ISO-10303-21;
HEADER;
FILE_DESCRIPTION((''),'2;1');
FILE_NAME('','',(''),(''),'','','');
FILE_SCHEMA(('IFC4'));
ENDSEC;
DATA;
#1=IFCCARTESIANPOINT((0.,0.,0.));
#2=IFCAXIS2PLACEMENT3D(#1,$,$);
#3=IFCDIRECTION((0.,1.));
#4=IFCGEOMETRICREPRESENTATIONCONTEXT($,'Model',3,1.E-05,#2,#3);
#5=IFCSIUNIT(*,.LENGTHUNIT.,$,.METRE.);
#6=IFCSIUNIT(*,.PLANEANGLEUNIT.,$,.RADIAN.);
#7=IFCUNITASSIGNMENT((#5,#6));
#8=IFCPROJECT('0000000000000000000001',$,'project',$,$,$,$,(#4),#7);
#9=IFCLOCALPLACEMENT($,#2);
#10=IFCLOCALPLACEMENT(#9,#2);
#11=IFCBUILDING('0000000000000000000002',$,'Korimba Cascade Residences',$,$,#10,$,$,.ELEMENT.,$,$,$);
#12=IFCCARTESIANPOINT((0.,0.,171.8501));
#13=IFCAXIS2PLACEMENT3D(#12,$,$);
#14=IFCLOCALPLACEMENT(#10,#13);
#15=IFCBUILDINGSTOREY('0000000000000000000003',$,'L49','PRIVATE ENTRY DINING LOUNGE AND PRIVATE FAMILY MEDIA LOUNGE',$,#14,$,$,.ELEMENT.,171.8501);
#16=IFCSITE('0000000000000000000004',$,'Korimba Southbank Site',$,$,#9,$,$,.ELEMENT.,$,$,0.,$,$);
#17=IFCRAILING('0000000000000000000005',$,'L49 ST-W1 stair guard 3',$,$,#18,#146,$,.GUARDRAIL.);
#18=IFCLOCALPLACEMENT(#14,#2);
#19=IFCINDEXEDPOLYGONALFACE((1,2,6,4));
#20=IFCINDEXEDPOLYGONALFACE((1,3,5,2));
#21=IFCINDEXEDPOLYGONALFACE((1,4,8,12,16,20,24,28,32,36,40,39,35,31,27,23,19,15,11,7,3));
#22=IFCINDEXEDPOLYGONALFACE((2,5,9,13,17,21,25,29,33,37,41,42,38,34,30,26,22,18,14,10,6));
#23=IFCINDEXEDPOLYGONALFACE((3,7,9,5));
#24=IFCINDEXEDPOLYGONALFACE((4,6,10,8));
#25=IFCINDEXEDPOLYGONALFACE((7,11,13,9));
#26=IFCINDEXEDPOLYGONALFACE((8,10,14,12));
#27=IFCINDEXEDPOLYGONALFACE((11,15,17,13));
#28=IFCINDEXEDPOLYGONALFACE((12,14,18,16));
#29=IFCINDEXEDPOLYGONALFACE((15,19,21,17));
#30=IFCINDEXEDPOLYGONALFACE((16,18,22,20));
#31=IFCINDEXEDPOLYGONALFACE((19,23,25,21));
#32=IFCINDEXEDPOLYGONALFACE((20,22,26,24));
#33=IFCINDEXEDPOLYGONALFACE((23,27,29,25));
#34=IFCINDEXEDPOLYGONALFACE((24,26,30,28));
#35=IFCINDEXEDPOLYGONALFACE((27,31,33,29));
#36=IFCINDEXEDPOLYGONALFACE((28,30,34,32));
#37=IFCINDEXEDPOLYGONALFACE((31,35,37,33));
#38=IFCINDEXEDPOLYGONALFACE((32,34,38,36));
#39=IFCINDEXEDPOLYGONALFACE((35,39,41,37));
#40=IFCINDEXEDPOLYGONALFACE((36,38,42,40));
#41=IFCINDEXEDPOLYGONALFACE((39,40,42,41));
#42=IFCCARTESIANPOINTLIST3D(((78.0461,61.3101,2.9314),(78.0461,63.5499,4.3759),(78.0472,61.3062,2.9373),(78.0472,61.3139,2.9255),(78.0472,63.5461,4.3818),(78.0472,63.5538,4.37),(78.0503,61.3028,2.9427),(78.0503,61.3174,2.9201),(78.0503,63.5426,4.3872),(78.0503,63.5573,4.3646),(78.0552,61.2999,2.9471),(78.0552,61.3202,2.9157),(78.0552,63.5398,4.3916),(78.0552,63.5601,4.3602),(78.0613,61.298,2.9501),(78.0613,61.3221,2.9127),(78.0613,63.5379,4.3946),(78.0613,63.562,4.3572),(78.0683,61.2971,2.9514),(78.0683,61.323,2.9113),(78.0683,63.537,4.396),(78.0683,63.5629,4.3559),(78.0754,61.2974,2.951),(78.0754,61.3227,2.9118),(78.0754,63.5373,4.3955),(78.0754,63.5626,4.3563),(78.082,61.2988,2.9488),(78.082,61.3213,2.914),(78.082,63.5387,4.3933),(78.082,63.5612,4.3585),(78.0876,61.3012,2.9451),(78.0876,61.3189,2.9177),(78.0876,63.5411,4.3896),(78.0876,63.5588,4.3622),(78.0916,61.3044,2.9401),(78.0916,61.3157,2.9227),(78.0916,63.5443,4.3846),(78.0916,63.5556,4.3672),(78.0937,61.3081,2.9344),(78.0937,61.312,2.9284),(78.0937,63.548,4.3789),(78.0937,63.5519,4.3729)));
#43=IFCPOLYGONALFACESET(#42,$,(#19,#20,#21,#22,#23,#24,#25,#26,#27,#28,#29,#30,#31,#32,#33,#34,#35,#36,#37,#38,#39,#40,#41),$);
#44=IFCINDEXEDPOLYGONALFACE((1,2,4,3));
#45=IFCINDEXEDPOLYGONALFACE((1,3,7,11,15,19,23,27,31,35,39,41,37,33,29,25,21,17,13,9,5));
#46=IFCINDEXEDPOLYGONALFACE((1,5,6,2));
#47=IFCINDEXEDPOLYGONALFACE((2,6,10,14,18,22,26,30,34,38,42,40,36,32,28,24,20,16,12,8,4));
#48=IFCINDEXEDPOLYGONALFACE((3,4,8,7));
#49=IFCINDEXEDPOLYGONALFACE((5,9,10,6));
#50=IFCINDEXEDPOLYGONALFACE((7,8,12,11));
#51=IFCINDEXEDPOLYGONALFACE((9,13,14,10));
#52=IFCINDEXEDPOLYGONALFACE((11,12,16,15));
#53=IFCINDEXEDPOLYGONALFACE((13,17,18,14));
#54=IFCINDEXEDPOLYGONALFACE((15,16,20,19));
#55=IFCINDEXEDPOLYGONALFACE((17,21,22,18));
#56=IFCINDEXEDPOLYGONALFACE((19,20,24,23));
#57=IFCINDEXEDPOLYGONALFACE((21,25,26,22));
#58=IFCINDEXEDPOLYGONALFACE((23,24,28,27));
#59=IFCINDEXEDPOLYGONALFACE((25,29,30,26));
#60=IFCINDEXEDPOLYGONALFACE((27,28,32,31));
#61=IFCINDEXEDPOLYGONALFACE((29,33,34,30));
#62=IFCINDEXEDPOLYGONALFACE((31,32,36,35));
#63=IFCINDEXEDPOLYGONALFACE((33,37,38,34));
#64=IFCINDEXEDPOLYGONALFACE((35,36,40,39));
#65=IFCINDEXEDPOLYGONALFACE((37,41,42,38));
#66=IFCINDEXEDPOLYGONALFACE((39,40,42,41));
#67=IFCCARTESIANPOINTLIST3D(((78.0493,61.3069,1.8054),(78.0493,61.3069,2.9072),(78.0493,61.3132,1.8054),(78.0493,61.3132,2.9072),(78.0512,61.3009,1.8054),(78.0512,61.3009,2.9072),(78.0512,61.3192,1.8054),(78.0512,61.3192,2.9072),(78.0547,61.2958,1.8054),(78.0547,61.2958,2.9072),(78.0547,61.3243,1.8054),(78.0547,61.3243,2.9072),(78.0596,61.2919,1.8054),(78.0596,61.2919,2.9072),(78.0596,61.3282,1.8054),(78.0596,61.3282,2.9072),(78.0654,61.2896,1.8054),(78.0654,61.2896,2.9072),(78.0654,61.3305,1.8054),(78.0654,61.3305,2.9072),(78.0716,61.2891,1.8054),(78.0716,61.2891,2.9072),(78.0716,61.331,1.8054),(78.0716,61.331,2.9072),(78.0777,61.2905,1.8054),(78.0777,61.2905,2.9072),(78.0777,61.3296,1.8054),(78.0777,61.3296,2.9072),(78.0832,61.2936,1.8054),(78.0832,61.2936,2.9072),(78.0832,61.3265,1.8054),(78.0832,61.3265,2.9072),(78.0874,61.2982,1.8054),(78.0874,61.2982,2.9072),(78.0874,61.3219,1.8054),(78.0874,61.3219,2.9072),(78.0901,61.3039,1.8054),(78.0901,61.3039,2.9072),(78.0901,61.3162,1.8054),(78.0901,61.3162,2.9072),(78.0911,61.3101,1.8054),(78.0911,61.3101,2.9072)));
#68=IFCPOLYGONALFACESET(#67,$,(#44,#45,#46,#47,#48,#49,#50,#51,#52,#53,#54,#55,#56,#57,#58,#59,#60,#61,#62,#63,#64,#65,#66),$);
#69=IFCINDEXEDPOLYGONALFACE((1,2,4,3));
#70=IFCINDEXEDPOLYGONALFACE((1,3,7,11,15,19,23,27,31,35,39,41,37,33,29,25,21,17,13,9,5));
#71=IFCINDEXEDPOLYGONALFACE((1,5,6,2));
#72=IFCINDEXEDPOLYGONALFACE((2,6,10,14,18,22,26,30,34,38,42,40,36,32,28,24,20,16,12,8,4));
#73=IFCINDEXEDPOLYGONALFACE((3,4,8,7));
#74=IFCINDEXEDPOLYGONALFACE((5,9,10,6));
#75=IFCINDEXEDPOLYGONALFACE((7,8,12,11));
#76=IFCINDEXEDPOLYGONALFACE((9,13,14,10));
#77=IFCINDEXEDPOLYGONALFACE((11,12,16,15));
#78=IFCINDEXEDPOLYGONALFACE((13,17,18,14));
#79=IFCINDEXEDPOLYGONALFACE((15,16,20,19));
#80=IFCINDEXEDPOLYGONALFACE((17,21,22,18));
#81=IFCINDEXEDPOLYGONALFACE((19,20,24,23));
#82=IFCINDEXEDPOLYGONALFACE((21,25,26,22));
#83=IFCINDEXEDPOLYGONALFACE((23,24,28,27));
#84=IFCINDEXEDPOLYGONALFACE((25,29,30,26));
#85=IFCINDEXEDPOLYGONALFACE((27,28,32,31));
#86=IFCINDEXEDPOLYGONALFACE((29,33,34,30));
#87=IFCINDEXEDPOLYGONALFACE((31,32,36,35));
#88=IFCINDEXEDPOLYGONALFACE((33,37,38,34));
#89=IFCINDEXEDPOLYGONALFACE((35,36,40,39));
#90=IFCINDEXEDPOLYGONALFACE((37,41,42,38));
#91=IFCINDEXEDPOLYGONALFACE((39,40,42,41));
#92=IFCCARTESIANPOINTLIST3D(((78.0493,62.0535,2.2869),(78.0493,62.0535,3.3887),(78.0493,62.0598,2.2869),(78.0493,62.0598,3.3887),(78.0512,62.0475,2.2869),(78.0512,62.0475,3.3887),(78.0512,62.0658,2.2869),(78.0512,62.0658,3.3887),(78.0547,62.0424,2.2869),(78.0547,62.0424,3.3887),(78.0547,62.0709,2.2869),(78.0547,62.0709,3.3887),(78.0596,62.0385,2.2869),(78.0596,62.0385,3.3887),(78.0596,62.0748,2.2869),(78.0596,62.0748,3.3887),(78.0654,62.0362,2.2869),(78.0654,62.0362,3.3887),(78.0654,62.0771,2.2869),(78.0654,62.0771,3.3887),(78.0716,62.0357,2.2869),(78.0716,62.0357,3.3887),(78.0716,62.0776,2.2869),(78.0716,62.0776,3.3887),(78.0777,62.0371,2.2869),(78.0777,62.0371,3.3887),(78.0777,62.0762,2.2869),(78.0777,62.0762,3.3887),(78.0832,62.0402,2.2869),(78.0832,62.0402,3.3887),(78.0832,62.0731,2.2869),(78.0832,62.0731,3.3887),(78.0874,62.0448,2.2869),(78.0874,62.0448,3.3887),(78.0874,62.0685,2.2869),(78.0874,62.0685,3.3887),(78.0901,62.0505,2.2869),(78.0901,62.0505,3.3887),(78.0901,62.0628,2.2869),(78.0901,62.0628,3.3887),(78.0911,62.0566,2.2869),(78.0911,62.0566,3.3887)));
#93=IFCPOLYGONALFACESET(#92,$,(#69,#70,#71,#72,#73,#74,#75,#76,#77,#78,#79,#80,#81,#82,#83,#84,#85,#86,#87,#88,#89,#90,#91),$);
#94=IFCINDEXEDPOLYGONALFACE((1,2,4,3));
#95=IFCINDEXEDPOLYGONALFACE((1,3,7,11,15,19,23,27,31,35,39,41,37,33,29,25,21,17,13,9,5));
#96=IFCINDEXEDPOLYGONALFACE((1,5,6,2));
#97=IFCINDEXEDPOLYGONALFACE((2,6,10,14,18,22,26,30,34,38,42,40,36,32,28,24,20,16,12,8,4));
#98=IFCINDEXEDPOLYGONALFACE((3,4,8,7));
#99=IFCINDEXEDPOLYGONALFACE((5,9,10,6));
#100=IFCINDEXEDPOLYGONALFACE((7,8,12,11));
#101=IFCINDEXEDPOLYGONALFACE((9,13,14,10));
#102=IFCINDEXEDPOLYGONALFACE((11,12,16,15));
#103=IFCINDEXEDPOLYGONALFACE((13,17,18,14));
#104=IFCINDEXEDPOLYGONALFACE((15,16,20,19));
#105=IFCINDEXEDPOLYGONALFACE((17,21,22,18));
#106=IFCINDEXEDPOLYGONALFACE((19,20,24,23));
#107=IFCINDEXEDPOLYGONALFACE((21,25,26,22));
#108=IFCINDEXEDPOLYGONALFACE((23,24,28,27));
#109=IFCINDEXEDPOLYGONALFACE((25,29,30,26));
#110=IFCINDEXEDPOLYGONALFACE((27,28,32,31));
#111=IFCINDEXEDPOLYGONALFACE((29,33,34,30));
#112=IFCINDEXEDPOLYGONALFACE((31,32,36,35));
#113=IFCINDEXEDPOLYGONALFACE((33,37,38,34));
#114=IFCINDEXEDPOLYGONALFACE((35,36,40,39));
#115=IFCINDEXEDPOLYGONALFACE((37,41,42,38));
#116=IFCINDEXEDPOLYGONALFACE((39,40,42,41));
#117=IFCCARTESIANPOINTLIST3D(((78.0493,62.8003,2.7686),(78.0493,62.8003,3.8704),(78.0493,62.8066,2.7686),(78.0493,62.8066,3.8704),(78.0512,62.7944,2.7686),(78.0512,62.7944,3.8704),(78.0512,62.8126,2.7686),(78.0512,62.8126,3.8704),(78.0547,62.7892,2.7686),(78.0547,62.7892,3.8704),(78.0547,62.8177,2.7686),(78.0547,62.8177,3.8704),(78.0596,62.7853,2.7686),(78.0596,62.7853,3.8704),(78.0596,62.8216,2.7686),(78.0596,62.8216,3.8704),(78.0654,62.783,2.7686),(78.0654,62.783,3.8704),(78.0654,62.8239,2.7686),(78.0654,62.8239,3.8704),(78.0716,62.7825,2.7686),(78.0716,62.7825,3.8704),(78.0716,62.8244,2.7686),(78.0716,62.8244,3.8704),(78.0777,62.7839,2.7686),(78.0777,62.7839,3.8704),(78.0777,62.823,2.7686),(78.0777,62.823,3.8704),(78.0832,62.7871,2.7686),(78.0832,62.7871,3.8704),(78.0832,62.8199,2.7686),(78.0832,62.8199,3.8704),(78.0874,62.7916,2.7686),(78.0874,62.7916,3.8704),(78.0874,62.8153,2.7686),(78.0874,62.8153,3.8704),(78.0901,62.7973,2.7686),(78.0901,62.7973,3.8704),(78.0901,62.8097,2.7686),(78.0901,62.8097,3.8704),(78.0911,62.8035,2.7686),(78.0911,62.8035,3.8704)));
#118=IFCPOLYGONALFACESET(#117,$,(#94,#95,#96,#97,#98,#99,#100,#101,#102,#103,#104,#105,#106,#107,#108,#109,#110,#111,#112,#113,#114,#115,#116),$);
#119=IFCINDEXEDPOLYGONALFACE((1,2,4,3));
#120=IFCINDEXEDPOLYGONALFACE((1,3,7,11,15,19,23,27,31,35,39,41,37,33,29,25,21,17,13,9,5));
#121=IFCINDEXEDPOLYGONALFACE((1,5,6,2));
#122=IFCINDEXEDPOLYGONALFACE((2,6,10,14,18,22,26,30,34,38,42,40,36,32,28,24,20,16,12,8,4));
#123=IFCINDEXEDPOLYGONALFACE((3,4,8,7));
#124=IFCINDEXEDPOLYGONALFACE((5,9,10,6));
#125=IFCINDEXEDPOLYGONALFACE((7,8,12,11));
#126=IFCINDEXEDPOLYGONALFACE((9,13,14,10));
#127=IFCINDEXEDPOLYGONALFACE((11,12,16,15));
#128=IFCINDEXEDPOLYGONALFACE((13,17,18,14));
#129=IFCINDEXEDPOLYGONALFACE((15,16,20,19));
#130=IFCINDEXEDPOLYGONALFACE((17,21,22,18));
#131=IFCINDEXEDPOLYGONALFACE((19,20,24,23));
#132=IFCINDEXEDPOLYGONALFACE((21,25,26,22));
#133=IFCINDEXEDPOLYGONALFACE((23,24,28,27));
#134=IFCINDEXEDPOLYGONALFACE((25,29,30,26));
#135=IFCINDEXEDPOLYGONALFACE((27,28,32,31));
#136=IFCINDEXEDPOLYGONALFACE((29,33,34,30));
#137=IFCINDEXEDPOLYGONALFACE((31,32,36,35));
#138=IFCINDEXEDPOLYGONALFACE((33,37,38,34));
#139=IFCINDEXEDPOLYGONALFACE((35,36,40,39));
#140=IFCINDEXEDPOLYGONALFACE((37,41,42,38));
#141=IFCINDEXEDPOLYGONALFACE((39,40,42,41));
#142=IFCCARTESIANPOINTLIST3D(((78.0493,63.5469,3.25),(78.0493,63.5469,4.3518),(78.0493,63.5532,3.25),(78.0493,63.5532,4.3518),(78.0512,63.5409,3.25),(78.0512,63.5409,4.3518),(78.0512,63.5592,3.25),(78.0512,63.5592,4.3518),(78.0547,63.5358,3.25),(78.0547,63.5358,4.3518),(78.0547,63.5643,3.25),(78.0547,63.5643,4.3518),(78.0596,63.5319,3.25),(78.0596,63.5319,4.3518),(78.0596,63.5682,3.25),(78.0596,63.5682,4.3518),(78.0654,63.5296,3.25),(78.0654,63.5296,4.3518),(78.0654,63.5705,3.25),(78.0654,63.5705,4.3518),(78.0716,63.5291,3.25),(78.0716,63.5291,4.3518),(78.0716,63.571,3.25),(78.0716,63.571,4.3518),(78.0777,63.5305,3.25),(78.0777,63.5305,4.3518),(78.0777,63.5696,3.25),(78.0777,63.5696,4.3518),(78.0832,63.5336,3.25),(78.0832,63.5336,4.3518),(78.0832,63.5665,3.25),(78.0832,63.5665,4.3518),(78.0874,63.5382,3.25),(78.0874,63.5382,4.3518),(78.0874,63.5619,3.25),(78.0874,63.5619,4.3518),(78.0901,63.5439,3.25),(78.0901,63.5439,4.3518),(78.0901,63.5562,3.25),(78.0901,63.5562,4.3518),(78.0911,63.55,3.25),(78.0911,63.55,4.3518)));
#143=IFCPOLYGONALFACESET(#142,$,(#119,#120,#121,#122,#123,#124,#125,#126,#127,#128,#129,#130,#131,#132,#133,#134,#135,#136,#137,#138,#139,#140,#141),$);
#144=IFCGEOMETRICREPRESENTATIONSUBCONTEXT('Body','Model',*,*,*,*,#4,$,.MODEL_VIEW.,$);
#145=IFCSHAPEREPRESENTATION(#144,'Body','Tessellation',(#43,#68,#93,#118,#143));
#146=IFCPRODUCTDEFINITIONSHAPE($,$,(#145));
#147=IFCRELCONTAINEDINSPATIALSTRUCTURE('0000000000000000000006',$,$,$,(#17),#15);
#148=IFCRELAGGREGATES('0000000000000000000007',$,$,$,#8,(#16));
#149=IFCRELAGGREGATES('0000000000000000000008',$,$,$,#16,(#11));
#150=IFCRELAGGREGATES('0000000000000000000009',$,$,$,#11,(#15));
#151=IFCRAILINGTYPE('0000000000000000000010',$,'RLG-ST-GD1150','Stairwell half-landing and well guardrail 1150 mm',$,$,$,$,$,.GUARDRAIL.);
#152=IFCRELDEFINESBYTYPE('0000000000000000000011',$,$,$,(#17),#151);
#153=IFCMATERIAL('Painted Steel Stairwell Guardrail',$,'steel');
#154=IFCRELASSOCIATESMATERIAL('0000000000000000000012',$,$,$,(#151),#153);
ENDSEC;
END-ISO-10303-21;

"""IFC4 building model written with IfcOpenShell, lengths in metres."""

from ifc_helpers import new_model, si_unit, direction, frame, origin, origin_2d, place, context, subcontext, project, spatial, circle, extrude, material, type_object, element, save


model = new_model("IFC4")

# Units and contexts
model_context = context("Model", 3, precision=1e-05, world=origin(), true_north=direction((0.0, 1.0)))
body_context = subcontext(model_context, "Body", "Model", "MODEL_VIEW")
ifc_project = project(units=[si_unit("LENGTHUNIT", "METRE"), si_unit("PLANEANGLEUNIT", "RADIAN")], contexts=[model_context])

# Site, building, storey
site_placement = place(None, origin())
site = spatial("IfcSite", under=ifc_project, at=site_placement, Name="Korimba Southbank Site", CompositionType="ELEMENT", RefElevation=0.0)
building_placement = place(site_placement, origin())
building = spatial("IfcBuilding", under=site, at=building_placement, Name="Korimba Cascade Residences", CompositionType="ELEMENT")
storey_placement = place(building_placement, frame((0.0, 0.0, 171.8501)))
storey = spatial("IfcBuildingStorey", under=building, at=storey_placement, Name="L49", Description="PRIVATE ENTRY DINING LOUNGE AND PRIVATE FAMILY MEDIA LOUNGE", CompositionType="ELEMENT", Elevation=171.8501)

# Railing
ifc_material_1 = material(Name="Painted Steel Stairwell Guardrail", Category="steel")
railing_type_1 = type_object("IfcRailingType", Name="RLG-ST-GD1150", Description="Stairwell half-landing and well guardrail 1150 mm", PredefinedType="GUARDRAIL", material=ifc_material_1)
railing_1_placement = place(storey_placement, frame((78.0701, 61.3101, 1.8054)))
element("IfcRailing", 1, at=railing_1_placement, inside=storey, type_object=railing_type_1, Name="L49 ST-W1 stair guard 3", PredefinedType="GUARDRAIL", context=body_context, shape_type="SweptSolid", body=[
    extrude(circle(Radius=0.0239, at=origin_2d()), frame((0.0, 0.0, 1.126), z_axis=(0.0, 0.840395, 0.541975), x_axis=(-1.0, 0.0, 0.0)), (0.0, 0.0, 1.0), 2.6653),
    extrude(circle(Radius=0.021, at=origin_2d()), origin(), (0.0, 0.0, 1.0), 1.1018),
    extrude(circle(Radius=0.021, at=origin_2d()), frame((0.0, 0.7466, 0.4814)), (0.0, 0.0, 1.0), 1.1018),
    extrude(circle(Radius=0.021, at=origin_2d()), frame((0.0, 1.4934, 0.9631)), (0.0, 0.0, 1.0), 1.1018),
    extrude(circle(Radius=0.021, at=origin_2d()), frame((0.0, 2.24, 1.4446)), (0.0, 0.0, 1.0), 1.1018),
])

save(model, "model.ifc")
